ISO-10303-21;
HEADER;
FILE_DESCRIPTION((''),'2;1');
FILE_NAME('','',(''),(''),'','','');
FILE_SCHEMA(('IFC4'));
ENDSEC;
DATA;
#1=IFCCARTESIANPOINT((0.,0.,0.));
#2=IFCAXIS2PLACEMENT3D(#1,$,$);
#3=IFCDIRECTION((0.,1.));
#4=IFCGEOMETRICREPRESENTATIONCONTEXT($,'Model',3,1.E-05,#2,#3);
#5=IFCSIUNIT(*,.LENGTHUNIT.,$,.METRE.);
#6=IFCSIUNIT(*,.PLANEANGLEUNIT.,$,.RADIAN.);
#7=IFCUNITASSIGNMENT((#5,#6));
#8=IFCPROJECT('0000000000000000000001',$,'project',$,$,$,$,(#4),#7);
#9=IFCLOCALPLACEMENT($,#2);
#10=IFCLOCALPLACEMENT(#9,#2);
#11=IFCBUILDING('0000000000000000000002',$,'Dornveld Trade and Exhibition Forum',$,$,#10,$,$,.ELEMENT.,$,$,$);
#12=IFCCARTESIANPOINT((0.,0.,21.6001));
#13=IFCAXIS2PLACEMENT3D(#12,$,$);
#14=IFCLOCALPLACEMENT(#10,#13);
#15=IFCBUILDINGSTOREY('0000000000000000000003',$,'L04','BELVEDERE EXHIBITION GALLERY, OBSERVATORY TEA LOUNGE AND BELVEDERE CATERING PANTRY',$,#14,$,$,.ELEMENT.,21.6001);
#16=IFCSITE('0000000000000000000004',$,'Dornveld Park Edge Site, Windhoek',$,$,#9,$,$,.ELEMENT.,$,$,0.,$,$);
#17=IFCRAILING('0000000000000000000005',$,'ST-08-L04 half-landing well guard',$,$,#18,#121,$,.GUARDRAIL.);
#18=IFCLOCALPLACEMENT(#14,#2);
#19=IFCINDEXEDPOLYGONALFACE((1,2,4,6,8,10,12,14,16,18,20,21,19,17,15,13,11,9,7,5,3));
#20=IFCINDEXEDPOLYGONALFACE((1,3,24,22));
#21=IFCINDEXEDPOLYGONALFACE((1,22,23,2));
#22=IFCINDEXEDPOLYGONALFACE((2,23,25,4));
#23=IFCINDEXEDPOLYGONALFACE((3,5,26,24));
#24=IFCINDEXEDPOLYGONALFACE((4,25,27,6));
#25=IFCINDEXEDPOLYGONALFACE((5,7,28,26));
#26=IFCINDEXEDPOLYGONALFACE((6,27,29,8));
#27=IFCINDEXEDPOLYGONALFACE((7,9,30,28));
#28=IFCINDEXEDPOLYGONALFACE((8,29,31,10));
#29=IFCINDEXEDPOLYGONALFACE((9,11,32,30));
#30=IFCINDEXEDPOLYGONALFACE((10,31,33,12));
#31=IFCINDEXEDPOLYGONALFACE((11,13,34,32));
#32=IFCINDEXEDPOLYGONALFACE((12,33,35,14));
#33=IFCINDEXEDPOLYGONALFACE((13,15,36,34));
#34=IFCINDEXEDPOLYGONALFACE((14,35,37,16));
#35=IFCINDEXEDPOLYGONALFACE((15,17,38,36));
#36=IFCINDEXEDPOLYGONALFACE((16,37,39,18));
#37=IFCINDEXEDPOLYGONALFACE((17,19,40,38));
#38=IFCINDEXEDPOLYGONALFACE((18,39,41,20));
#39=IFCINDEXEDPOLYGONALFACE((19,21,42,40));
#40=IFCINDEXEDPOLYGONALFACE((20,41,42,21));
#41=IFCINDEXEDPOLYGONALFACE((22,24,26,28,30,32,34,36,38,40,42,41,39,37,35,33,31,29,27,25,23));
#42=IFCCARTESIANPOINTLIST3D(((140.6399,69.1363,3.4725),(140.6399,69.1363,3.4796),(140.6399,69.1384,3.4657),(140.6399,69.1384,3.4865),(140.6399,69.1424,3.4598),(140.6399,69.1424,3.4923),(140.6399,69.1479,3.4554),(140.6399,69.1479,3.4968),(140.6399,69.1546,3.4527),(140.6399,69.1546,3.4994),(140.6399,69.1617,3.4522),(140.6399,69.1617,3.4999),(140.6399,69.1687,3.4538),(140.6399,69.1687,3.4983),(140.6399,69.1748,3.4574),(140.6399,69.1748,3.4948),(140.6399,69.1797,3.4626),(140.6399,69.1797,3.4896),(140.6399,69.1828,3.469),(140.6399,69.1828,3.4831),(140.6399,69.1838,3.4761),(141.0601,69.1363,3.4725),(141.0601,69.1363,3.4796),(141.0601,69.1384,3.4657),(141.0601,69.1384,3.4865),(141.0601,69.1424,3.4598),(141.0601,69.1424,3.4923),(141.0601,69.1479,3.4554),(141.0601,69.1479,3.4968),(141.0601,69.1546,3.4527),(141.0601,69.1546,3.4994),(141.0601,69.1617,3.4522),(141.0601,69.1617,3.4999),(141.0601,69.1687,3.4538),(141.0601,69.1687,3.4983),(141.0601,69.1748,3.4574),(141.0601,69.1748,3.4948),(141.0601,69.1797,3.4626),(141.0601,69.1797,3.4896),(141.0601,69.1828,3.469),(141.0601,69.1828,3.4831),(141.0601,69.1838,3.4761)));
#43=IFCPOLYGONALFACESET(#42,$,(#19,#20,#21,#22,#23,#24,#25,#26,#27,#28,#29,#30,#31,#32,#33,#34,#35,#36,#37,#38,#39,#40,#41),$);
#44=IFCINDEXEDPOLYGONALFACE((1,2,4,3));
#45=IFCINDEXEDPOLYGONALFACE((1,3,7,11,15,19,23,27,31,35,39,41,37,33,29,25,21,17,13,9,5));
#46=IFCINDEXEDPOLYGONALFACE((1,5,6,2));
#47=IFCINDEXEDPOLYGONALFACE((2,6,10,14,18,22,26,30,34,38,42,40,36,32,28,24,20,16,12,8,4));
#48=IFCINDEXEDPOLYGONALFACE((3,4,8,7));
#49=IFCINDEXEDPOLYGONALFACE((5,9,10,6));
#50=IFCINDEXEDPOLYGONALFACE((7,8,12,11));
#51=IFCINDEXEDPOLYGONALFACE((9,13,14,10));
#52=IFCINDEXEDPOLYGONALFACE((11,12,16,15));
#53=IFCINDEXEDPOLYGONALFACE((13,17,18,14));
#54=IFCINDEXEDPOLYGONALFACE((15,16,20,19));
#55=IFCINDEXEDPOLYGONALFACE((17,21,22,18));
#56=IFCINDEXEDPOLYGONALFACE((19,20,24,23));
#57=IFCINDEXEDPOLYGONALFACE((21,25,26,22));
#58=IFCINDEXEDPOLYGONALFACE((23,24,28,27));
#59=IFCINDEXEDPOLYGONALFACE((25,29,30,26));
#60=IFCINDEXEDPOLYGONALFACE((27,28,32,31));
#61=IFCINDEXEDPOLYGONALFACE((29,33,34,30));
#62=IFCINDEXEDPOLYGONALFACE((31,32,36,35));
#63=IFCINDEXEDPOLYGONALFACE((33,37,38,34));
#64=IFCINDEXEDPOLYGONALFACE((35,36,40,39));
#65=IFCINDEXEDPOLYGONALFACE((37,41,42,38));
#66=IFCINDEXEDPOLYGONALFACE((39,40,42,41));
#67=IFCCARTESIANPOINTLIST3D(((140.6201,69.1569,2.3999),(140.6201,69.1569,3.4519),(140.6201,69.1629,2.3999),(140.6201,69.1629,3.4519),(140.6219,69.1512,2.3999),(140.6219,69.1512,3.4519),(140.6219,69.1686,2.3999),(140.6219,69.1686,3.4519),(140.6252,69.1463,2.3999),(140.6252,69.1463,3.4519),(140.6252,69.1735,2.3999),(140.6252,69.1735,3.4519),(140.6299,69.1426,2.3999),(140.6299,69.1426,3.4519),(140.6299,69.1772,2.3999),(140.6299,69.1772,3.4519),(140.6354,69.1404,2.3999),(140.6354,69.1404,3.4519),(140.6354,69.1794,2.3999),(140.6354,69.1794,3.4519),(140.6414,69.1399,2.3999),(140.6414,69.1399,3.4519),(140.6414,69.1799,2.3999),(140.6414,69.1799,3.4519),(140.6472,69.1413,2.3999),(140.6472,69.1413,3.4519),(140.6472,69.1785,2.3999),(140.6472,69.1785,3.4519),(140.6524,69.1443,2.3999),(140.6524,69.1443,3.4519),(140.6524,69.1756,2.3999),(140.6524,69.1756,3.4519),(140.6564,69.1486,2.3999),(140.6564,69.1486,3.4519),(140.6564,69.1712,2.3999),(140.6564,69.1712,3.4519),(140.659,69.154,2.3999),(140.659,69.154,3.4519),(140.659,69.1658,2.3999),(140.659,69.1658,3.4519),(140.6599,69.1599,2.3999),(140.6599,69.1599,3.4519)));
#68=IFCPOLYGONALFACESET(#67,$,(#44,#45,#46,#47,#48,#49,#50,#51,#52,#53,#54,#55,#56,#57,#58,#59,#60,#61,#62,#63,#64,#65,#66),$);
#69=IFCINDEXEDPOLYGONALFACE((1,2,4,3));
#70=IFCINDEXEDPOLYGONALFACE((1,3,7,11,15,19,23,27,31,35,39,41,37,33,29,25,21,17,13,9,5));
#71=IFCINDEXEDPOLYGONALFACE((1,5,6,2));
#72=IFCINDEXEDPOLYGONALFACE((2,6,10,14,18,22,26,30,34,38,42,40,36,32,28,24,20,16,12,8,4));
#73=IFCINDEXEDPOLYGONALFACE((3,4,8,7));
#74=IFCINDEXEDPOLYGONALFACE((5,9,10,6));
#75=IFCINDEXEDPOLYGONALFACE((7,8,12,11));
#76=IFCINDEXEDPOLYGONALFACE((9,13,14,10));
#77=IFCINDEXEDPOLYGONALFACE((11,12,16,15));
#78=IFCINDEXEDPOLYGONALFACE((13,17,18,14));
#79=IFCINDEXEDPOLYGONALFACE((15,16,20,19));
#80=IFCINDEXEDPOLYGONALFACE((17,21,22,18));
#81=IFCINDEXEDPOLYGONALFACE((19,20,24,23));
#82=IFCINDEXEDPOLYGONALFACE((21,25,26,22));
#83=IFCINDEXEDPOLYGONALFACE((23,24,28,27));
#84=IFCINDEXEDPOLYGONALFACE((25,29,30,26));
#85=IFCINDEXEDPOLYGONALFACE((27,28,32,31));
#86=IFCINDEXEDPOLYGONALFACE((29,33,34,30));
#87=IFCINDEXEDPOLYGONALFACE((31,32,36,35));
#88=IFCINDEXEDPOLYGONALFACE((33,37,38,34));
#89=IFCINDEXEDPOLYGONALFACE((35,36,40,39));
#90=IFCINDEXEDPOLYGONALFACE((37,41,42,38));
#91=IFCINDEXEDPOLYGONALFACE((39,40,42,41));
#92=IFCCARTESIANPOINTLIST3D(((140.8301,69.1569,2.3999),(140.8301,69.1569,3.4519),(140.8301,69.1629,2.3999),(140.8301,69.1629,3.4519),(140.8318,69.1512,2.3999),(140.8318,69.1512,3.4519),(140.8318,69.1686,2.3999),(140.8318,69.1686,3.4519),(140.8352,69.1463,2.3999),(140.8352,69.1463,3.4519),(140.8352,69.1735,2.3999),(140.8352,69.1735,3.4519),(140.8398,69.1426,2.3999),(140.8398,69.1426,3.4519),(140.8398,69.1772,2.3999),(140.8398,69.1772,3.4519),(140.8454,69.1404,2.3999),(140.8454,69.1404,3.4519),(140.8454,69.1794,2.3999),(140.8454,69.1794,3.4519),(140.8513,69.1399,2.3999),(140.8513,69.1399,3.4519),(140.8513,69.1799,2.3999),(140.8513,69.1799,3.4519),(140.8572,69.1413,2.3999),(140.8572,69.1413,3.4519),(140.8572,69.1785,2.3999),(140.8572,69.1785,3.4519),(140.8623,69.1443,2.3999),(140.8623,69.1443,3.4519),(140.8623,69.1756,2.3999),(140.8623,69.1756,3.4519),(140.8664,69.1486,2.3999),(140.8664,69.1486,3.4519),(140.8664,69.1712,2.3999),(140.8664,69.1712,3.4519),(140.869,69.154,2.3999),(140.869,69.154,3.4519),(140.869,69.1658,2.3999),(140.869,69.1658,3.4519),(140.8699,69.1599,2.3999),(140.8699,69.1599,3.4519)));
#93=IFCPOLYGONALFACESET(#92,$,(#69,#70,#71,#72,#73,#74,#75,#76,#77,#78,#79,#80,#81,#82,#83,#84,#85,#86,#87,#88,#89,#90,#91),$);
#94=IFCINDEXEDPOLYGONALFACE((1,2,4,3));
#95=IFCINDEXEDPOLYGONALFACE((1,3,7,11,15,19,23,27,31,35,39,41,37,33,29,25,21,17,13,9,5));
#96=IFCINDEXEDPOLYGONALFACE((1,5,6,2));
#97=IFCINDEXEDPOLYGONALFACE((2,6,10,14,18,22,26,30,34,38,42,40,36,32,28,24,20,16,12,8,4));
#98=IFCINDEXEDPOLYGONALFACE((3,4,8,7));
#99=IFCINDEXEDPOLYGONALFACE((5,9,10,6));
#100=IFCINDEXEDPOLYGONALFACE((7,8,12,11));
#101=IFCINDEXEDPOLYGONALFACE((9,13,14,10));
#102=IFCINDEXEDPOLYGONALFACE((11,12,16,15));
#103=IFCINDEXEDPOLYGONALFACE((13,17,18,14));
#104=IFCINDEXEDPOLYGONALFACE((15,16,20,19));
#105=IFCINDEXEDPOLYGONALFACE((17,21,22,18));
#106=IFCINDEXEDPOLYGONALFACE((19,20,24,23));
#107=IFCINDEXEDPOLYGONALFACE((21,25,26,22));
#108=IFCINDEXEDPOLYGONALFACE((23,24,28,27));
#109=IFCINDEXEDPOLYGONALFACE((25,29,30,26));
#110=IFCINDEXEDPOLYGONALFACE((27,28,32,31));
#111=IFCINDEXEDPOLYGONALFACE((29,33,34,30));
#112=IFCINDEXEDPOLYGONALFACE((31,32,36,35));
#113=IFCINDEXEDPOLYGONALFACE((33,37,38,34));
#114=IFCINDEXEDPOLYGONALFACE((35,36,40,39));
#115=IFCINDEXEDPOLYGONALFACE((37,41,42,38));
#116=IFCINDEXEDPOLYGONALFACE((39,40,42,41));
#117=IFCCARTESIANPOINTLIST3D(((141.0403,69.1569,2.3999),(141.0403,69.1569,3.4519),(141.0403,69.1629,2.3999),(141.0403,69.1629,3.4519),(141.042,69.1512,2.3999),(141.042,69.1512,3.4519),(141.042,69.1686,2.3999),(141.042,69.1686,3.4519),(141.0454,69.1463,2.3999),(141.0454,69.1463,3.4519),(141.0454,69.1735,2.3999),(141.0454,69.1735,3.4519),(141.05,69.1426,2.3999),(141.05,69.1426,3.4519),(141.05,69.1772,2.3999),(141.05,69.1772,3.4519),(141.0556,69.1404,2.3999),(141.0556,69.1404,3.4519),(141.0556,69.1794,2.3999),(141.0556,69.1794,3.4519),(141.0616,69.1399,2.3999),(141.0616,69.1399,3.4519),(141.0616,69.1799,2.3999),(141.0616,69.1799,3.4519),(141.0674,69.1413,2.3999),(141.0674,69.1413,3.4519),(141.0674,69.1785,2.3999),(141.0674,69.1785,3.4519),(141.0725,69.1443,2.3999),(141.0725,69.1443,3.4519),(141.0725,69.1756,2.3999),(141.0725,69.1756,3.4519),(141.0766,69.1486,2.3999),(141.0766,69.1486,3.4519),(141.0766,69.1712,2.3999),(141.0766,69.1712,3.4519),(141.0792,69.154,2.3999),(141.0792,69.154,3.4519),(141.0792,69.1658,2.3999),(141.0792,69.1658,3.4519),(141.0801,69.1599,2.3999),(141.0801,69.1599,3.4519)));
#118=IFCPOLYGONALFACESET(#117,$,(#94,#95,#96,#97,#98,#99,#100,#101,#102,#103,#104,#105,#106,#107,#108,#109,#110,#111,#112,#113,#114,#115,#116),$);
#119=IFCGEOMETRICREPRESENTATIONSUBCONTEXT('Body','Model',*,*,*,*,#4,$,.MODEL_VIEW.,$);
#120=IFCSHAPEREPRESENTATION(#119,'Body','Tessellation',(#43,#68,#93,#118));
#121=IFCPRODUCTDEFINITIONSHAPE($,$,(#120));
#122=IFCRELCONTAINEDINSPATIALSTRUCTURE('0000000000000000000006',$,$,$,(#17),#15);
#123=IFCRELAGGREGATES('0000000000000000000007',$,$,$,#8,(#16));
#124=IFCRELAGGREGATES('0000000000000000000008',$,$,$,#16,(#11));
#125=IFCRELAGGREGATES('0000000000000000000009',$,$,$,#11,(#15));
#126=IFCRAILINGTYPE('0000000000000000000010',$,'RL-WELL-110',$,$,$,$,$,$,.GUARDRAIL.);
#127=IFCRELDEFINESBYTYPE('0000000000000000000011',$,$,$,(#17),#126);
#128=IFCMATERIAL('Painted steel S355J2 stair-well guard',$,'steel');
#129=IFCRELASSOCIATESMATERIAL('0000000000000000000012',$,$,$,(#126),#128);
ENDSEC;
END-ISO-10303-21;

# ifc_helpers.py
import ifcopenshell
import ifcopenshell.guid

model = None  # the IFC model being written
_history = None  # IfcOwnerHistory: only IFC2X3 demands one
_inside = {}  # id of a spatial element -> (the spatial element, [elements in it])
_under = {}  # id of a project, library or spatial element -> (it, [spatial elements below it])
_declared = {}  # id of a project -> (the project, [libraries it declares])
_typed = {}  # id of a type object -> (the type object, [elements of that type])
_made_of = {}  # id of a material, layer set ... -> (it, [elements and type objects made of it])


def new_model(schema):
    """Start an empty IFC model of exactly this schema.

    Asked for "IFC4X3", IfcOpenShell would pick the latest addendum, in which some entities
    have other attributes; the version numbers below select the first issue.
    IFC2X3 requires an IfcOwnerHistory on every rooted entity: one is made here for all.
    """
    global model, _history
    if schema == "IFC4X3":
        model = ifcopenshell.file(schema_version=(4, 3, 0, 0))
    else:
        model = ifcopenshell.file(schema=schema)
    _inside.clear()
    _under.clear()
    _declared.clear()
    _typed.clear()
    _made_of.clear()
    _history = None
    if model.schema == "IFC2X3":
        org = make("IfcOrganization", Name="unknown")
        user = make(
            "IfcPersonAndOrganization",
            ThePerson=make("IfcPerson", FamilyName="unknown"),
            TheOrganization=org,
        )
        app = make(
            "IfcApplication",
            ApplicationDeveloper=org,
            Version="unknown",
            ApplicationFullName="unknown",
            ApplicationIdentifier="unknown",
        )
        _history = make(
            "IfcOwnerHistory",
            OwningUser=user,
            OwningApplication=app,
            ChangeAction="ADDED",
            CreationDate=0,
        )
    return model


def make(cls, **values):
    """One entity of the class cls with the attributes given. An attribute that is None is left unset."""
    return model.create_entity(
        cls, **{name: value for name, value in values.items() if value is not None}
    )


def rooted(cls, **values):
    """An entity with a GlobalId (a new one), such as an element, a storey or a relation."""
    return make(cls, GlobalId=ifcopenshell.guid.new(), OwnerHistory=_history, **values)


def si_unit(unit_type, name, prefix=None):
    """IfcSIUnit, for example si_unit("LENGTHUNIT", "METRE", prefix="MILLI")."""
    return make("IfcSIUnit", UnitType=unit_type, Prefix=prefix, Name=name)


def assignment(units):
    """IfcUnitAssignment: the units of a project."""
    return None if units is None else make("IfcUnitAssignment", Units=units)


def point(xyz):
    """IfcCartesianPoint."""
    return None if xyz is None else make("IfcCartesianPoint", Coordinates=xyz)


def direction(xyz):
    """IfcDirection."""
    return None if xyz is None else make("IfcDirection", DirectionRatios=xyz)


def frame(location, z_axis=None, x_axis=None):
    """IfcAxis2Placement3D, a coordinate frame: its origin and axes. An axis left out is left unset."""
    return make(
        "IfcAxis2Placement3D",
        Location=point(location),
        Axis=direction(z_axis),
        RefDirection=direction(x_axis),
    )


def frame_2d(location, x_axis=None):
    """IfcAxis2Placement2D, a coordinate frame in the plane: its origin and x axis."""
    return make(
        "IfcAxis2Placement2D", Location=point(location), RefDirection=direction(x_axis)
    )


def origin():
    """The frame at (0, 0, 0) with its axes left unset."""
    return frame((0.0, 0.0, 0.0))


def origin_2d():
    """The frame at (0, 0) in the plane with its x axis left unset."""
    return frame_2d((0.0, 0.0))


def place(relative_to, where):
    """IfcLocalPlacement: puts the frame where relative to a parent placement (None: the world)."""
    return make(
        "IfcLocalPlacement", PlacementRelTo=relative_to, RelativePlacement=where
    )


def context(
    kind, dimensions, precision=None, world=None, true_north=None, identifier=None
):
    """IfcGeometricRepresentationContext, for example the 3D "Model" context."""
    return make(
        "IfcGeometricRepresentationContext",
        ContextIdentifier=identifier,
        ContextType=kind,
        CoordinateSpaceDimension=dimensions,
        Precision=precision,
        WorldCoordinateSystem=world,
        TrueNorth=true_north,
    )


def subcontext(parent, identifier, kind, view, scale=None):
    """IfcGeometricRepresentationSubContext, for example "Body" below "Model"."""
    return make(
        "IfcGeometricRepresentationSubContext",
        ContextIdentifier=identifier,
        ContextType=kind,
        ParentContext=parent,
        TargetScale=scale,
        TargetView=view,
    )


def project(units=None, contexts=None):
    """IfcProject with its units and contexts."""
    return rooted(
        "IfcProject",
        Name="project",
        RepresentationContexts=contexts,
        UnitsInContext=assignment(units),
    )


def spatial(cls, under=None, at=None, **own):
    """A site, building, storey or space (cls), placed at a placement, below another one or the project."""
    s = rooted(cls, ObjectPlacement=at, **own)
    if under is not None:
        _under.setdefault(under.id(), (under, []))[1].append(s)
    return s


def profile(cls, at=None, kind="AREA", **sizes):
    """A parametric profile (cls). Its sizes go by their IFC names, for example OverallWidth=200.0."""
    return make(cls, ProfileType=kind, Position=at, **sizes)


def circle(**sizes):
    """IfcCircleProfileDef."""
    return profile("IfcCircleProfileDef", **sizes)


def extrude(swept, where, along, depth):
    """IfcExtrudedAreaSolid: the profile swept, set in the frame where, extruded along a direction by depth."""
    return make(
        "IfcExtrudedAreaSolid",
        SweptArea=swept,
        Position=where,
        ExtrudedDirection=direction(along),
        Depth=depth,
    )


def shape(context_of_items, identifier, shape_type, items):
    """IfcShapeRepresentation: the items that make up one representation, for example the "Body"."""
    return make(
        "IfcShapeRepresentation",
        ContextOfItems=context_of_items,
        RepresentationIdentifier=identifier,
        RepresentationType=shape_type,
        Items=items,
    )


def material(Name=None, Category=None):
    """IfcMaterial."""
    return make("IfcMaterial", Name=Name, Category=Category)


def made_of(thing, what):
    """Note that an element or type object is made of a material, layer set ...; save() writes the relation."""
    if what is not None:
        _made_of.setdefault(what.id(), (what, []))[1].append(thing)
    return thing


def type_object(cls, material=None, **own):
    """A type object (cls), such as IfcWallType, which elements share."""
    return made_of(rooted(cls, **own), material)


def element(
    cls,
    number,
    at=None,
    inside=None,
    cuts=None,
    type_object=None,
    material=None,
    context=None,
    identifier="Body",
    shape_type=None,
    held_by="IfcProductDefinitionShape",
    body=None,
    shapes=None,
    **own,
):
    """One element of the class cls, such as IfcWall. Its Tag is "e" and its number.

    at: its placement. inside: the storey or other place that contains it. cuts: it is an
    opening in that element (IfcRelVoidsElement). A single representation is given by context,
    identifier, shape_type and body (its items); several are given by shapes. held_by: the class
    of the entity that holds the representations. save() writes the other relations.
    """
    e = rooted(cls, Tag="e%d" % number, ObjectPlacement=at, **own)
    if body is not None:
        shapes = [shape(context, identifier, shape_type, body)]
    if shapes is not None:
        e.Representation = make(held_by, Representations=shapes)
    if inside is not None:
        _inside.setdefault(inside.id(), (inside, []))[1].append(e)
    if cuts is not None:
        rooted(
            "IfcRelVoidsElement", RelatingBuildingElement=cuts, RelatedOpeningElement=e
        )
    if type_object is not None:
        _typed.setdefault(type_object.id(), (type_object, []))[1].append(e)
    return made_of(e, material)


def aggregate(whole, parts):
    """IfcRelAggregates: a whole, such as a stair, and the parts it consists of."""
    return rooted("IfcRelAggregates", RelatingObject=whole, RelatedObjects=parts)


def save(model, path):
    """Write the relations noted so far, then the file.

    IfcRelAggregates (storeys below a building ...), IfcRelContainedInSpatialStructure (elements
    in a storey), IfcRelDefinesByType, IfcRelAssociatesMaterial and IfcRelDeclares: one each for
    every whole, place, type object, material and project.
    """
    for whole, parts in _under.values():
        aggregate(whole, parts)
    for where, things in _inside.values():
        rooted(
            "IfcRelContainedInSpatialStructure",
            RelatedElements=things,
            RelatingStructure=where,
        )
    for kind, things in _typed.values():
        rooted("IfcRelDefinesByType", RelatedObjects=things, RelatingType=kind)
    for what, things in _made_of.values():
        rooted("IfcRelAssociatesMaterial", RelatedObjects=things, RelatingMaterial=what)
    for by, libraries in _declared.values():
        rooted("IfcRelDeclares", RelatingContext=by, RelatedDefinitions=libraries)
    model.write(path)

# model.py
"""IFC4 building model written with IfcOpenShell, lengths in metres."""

from ifc_helpers import new_model, si_unit, direction, frame, origin, origin_2d, place, context, subcontext, project, spatial, circle, extrude, material, type_object, element, save


model = new_model("IFC4")

# Units and contexts
model_context = context("Model", 3, precision=1e-05, world=origin(), true_north=direction((0.0, 1.0)))
body_context = subcontext(model_context, "Body", "Model", "MODEL_VIEW")
ifc_project = project(units=[si_unit("LENGTHUNIT", "METRE"), si_unit("PLANEANGLEUNIT", "RADIAN")], contexts=[model_context])

# Site, building, storey
site_placement = place(None, origin())
site = spatial("IfcSite", under=ifc_project, at=site_placement, Name="Dornveld Park Edge Site, Windhoek", CompositionType="ELEMENT", RefElevation=0.0)
building_placement = place(site_placement, origin())
building = spatial("IfcBuilding", under=site, at=building_placement, Name="Dornveld Trade and Exhibition Forum", CompositionType="ELEMENT")
storey_placement = place(building_placement, frame((0.0, 0.0, 21.6001)))
storey = spatial("IfcBuildingStorey", under=building, at=storey_placement, Name="L04", Description="BELVEDERE EXHIBITION GALLERY, OBSERVATORY TEA LOUNGE AND BELVEDERE CATERING PANTRY", CompositionType="ELEMENT", Elevation=21.6001)

# Railing
ifc_material_1 = material(Name="Painted steel S355J2 stair-well guard", Category="steel")
railing_type_1 = type_object("IfcRailingType", Name="RL-WELL-110", PredefinedType="GUARDRAIL", material=ifc_material_1)
railing_1_placement = place(storey_placement, frame((140.6399, 69.1599, 2.3999)))
element("IfcRailing", 1, at=railing_1_placement, inside=storey, type_object=railing_type_1, Name="ST-08-L04 half-landing well guard", PredefinedType="GUARDRAIL", context=body_context, shape_type="SweptSolid", body=[
    extrude(circle(Radius=0.0239, at=origin_2d()), frame((0.0, 0.0, 1.0762), z_axis=(1.0, 0.0, 0.0), x_axis=(0.0, 1.0, 0.0)), (0.0, 0.0, 1.0), 0.4202),
    extrude(circle(Radius=0.02, at=origin_2d()), origin(), (0.0, 0.0, 1.0), 1.052),
    extrude(circle(Radius=0.02, at=origin_2d()), frame((0.21, 0.0, 0.0)), (0.0, 0.0, 1.0), 1.052),
    extrude(circle(Radius=0.02, at=origin_2d()), frame((0.4202, 0.0, 0.0)), (0.0, 0.0, 1.0), 1.052),
])

save(model, "model.ifc")
